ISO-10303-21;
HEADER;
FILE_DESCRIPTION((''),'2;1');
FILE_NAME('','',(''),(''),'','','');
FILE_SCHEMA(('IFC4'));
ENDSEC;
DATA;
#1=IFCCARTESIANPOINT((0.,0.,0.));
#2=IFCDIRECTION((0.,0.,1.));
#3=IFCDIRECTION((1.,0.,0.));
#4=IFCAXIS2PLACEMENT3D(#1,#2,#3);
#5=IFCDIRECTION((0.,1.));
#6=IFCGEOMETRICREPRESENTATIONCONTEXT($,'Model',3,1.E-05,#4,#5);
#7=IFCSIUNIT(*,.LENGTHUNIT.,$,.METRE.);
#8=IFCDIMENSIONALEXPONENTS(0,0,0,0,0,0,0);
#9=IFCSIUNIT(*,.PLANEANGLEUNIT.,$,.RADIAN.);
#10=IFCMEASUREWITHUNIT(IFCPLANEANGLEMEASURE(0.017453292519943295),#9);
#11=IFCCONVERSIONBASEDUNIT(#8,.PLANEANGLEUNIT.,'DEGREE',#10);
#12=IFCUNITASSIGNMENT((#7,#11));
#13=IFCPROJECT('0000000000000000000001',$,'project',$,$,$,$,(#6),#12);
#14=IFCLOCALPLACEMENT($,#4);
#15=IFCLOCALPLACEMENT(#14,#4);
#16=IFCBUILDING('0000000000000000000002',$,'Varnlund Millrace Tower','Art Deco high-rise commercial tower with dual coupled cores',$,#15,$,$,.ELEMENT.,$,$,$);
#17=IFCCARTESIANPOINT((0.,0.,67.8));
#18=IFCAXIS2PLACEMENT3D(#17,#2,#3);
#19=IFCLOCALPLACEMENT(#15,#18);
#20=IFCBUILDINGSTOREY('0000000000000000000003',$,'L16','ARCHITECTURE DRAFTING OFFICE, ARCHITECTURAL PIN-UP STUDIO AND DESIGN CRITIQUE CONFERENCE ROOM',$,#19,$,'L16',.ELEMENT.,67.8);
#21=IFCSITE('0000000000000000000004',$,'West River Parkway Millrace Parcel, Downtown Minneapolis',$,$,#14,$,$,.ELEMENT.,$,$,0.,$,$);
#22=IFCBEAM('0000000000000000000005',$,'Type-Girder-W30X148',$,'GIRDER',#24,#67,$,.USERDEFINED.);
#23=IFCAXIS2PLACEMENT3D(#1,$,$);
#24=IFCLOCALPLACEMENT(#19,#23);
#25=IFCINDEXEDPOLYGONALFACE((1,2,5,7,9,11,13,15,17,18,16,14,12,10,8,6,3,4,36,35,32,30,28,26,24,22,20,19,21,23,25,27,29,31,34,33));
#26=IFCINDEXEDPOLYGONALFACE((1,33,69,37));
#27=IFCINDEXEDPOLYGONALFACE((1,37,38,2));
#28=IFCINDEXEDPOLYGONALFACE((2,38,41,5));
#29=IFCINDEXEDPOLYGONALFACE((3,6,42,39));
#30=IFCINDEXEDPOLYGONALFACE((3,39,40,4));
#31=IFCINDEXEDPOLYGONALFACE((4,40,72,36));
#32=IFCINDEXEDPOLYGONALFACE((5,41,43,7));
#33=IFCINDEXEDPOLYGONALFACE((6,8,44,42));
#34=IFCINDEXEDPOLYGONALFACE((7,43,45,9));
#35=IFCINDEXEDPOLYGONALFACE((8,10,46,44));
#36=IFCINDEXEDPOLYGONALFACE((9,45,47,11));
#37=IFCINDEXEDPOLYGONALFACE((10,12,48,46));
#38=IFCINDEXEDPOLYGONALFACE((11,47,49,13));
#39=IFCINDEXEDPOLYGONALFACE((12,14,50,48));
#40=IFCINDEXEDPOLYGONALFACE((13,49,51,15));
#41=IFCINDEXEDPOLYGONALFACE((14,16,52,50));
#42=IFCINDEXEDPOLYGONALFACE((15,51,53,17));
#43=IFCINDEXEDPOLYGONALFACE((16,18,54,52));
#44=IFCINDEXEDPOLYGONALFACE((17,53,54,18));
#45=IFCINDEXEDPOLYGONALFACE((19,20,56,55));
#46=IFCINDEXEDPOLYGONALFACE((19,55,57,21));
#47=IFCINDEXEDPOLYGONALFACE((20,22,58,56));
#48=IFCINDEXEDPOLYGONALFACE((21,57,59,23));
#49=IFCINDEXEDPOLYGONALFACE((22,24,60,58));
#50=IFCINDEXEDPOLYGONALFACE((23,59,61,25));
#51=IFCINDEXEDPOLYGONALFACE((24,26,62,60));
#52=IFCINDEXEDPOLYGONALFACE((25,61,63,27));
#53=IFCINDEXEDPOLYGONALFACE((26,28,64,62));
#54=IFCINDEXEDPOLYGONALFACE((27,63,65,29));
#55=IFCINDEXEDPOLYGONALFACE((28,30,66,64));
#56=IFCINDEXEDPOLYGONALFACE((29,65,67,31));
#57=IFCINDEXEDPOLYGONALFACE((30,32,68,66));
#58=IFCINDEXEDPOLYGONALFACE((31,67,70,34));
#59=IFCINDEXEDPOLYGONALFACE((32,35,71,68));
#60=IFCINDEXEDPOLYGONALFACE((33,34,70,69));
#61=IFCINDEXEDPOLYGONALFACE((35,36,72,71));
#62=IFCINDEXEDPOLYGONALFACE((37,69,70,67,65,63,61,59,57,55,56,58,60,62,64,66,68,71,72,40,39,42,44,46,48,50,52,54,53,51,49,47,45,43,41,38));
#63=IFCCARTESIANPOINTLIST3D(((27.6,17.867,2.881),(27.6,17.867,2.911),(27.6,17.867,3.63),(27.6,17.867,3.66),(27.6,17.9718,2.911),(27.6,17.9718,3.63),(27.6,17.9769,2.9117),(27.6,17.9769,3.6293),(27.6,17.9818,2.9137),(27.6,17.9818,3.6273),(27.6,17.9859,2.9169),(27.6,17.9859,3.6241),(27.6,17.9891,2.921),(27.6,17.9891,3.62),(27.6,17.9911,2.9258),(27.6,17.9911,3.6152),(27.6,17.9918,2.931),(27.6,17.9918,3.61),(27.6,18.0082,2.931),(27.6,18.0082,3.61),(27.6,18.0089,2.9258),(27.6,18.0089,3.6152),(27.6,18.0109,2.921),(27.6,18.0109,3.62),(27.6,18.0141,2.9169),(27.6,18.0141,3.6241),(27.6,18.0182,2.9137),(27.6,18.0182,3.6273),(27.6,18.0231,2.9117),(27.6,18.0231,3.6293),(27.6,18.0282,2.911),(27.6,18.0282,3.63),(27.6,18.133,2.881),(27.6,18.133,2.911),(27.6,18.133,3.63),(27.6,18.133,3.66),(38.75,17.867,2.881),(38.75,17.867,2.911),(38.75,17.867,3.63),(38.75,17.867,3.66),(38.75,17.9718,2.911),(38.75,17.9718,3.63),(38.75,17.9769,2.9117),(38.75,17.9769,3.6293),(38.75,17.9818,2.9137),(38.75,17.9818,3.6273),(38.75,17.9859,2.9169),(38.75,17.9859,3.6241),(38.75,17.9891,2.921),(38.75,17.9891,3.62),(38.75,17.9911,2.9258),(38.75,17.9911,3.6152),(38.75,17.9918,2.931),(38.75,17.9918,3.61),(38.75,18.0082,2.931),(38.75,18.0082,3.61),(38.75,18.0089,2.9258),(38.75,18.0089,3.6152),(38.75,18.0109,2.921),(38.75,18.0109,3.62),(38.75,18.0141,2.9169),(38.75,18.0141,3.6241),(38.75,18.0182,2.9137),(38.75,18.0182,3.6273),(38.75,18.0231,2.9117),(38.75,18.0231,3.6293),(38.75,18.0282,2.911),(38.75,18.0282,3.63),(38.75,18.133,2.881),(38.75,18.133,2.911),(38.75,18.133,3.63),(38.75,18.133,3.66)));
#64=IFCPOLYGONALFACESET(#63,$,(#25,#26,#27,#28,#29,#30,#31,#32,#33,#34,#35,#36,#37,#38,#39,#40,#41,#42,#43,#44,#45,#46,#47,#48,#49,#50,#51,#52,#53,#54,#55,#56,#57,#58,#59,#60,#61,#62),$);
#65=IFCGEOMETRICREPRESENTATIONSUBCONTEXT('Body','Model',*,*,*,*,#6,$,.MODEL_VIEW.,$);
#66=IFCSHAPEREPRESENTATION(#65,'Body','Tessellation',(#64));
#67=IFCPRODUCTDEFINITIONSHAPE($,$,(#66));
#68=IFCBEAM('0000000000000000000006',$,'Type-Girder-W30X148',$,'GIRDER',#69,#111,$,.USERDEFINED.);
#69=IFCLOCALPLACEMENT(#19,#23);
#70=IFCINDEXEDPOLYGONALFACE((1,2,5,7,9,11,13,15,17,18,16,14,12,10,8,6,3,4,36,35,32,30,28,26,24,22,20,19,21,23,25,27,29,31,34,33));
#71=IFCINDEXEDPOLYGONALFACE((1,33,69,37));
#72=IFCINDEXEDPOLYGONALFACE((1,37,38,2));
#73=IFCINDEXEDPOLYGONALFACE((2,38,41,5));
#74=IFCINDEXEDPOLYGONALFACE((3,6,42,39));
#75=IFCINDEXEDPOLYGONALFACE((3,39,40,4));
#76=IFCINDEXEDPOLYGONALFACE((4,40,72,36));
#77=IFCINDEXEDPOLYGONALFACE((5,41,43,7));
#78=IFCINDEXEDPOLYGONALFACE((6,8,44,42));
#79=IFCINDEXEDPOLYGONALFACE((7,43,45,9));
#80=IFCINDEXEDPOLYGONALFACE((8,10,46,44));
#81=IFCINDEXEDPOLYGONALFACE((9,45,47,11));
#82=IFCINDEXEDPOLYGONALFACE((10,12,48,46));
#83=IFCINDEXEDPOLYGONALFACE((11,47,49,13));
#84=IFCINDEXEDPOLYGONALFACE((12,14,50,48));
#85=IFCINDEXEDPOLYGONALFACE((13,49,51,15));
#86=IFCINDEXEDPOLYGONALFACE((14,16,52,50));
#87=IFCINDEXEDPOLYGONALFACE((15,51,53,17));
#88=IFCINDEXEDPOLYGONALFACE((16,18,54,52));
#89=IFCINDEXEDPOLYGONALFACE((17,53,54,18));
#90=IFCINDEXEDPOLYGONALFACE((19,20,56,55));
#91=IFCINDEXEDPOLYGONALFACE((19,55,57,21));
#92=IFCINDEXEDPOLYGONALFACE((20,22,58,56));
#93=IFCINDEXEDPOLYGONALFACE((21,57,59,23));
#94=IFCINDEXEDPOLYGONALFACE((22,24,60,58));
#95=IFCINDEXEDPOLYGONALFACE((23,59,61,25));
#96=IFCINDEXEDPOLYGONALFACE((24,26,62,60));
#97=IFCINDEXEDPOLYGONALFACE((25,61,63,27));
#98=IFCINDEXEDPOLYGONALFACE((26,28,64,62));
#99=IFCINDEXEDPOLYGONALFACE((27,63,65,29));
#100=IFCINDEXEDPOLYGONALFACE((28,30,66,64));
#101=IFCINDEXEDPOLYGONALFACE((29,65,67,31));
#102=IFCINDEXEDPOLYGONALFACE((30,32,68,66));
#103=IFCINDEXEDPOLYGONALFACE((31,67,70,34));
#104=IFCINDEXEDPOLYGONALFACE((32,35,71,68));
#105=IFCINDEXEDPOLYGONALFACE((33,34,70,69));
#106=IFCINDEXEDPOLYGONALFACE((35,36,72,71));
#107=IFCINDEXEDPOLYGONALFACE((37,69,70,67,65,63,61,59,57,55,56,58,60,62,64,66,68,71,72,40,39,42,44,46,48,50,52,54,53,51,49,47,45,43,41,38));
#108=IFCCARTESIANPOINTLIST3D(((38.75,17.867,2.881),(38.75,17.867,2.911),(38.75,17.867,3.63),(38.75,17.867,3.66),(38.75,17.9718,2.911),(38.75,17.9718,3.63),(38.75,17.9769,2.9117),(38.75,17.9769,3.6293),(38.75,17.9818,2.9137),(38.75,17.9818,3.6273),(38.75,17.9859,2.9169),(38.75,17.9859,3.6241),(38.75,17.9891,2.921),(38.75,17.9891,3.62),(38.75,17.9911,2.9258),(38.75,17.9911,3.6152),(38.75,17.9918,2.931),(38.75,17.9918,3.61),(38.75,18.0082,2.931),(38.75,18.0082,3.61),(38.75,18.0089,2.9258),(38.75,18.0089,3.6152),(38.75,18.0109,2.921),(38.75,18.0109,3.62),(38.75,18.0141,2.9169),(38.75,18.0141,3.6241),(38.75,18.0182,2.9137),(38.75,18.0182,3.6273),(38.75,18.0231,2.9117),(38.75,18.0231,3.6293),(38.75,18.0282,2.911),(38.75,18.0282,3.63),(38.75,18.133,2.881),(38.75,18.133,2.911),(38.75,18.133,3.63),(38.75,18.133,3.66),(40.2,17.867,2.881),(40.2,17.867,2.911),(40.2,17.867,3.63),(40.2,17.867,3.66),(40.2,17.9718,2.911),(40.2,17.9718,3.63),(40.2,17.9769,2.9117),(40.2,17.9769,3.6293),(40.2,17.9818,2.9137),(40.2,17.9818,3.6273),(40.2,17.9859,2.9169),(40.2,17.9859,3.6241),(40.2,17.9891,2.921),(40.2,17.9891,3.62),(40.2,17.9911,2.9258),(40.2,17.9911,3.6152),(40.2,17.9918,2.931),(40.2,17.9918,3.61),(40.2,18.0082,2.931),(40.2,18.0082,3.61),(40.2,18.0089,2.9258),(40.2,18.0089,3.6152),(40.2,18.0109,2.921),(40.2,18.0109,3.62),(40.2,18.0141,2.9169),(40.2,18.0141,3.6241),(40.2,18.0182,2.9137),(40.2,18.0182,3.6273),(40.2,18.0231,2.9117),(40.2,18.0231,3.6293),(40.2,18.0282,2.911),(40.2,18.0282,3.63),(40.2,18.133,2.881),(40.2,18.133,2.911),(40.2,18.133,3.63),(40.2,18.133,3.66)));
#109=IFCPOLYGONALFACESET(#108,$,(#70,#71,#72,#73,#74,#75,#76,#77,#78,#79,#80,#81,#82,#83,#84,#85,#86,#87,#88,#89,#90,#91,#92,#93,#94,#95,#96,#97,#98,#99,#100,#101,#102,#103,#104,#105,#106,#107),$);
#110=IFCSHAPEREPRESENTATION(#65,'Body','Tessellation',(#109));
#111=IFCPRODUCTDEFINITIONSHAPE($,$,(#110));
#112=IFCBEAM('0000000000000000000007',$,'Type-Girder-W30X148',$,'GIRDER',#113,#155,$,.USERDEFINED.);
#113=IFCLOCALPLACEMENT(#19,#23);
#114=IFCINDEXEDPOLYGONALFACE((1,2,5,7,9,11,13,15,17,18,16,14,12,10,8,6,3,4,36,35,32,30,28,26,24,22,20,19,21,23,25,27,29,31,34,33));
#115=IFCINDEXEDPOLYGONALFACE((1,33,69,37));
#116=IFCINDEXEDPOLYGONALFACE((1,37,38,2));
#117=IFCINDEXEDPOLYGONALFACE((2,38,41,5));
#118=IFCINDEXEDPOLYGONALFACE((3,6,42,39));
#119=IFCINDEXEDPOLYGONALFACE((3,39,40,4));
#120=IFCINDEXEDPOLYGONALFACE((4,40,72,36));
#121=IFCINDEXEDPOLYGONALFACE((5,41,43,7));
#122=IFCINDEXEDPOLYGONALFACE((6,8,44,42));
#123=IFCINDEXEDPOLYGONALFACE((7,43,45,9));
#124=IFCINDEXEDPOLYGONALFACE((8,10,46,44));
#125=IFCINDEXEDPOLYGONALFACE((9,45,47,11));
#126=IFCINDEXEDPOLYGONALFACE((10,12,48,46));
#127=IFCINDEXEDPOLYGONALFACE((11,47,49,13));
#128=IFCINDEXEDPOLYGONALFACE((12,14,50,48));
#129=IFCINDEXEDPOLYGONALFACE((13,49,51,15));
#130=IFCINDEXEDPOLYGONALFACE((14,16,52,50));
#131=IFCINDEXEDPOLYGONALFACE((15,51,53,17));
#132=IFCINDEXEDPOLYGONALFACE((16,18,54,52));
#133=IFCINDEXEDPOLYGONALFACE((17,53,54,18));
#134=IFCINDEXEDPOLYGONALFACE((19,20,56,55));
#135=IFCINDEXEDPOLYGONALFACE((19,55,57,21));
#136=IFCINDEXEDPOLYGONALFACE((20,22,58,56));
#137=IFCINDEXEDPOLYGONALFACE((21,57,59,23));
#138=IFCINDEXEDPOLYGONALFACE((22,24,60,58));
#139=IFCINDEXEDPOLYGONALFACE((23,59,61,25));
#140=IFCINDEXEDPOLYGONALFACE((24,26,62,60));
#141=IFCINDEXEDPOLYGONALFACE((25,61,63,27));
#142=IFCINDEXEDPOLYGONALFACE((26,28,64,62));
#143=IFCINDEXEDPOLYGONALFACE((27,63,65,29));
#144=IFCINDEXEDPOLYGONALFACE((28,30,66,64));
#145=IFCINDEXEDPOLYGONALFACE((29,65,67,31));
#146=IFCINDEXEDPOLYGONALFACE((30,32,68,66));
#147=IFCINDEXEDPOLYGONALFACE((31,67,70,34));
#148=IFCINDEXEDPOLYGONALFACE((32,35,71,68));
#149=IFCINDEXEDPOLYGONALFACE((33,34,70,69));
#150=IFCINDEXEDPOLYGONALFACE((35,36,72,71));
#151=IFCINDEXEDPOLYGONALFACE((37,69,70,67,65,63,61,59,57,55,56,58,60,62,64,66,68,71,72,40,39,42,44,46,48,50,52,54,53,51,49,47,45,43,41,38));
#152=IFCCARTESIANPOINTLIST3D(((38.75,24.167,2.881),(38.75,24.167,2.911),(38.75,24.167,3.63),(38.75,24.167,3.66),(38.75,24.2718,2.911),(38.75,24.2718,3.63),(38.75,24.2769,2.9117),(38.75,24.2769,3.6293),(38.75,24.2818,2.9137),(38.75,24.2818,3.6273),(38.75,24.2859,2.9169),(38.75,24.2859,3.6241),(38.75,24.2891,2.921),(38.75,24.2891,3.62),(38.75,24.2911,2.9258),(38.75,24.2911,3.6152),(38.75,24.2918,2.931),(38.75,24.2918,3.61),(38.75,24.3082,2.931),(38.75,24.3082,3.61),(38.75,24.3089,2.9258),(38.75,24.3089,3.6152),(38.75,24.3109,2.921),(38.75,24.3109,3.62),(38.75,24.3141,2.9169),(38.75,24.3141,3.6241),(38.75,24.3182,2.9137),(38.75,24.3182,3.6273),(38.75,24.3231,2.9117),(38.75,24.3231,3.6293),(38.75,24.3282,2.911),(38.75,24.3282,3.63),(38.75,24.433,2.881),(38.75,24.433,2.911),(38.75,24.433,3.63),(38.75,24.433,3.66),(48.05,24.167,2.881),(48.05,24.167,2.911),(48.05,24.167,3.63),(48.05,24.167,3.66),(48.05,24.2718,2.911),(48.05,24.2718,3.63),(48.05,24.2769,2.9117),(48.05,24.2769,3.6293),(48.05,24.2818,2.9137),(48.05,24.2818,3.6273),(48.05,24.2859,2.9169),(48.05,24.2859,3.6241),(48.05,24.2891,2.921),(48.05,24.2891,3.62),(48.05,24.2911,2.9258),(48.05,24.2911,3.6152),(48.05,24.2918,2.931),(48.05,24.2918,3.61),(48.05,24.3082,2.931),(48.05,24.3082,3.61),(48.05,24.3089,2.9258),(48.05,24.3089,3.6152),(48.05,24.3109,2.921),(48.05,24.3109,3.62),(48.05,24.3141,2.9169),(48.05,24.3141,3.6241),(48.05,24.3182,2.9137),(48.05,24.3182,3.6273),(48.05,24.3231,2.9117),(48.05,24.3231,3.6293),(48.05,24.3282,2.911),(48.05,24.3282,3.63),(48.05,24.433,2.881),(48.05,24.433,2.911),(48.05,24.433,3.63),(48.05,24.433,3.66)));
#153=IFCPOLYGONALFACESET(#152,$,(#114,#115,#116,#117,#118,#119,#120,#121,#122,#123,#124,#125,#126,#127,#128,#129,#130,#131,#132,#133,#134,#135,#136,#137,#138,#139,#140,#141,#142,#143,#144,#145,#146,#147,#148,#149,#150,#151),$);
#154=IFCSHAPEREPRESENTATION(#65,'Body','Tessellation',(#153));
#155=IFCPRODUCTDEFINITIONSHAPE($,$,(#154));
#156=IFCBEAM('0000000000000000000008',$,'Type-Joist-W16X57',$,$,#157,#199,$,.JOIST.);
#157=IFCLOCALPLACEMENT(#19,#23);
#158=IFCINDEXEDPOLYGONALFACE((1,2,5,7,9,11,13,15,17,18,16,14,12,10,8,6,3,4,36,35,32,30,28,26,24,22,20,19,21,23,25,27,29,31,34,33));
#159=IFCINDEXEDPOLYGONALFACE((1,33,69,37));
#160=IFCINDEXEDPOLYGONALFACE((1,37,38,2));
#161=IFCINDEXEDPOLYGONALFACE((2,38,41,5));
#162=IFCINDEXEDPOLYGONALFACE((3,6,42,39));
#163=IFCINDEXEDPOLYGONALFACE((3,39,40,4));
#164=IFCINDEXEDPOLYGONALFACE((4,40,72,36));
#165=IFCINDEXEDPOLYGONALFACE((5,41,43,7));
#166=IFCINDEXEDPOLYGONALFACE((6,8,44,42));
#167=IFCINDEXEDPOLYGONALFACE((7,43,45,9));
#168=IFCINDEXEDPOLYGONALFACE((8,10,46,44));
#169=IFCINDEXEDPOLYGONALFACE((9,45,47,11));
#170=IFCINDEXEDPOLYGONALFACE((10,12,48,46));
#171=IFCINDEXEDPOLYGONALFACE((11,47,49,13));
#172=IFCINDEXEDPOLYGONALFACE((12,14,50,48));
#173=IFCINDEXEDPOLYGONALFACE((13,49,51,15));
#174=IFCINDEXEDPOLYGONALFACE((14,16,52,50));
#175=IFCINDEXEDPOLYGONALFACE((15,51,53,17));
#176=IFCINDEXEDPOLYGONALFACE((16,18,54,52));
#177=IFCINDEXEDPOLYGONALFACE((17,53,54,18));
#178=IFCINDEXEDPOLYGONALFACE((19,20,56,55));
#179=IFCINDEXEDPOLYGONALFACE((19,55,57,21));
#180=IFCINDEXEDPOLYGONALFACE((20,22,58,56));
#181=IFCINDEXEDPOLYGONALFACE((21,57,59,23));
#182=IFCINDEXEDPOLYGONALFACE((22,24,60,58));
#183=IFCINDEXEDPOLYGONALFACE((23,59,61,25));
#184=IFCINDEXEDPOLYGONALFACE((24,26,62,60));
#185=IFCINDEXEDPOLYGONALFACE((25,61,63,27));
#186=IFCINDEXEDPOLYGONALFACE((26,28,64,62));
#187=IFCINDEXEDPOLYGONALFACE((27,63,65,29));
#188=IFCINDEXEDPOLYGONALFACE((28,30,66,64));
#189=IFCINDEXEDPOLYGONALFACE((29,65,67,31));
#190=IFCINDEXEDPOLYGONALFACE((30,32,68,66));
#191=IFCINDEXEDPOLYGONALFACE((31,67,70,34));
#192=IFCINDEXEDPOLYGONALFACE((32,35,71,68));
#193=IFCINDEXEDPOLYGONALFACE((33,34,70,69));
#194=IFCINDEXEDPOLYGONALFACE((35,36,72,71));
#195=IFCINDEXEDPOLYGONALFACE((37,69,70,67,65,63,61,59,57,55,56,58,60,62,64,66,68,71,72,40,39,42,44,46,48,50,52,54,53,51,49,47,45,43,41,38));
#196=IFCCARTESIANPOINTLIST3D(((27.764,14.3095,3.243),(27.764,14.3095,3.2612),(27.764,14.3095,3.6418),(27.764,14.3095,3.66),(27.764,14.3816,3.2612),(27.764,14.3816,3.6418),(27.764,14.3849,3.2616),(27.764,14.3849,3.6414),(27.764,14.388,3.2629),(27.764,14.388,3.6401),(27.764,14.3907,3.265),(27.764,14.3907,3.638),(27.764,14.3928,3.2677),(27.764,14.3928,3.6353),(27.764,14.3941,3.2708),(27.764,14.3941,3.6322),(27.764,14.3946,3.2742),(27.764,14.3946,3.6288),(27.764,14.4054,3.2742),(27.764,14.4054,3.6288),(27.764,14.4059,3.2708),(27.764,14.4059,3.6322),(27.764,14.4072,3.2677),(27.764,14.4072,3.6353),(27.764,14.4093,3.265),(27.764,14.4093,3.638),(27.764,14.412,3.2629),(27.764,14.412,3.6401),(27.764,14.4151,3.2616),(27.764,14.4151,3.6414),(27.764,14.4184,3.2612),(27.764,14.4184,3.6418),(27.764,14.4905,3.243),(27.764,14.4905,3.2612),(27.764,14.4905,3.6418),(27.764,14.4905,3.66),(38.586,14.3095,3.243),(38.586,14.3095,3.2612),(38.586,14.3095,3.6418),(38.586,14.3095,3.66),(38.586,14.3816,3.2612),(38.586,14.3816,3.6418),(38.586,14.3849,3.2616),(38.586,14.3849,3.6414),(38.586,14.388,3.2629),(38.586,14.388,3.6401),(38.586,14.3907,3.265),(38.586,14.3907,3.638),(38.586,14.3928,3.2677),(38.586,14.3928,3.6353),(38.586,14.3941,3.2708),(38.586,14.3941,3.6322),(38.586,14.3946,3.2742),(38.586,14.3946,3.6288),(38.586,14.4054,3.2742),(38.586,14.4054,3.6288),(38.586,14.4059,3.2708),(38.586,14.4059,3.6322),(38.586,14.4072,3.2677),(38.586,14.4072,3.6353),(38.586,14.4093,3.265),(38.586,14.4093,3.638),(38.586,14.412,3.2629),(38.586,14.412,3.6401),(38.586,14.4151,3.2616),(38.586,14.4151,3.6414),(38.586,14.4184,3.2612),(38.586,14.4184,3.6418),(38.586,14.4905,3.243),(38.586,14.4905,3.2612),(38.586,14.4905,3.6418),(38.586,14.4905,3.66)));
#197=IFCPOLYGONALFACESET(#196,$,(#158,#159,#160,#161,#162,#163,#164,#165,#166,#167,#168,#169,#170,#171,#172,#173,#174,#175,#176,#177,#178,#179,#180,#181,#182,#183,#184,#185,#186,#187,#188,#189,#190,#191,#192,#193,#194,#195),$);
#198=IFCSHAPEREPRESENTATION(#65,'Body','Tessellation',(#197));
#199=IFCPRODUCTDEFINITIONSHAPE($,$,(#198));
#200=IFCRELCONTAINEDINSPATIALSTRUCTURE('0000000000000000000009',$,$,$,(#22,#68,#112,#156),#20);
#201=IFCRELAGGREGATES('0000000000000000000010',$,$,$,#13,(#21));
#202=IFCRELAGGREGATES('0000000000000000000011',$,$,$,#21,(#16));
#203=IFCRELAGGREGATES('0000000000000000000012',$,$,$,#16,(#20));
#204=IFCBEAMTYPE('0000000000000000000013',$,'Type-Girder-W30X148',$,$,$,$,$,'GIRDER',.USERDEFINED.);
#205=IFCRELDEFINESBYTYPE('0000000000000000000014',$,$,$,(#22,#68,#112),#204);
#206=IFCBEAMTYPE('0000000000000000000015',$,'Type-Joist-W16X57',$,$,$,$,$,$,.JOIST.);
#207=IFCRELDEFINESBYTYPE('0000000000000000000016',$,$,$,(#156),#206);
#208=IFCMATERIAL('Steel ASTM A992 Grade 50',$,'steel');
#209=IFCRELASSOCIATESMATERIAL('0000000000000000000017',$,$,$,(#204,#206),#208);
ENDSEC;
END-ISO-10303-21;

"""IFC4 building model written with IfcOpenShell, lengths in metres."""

from ifc_helpers import new_model, entity, si_unit, converted_unit, direction, frame, origin_with_axes, origin_2d_with_axis, place, context, subcontext, project, spatial, i_section, extrude, material, material_profile, profile_set, type_object, element, save


model = new_model("IFC4")

# Units and contexts
model_context = context("Model", 3, precision=1e-05, world=origin_with_axes(), true_north=direction((0.0, 1.0)))
body_context = subcontext(model_context, "Body", "Model", "MODEL_VIEW")
ifc_project = project(units=[si_unit("LENGTHUNIT", "METRE"), converted_unit("PLANEANGLEUNIT", "DEGREE", entity("IfcPlaneAngleMeasure", 0.017453292519943295), si_unit("PLANEANGLEUNIT", "RADIAN"), dimensions=[0, 0, 0, 0, 0, 0, 0])], contexts=[model_context])

# Site, building, storey
site_placement = place(None, origin_with_axes())
site = spatial("IfcSite", under=ifc_project, at=site_placement, Name="West River Parkway Millrace Parcel, Downtown Minneapolis", CompositionType="ELEMENT", RefElevation=0.0)
building_placement = place(site_placement, origin_with_axes())
building = spatial("IfcBuilding", under=site, at=building_placement, Name="Varnlund Millrace Tower", Description="Art Deco high-rise commercial tower with dual coupled cores", CompositionType="ELEMENT")
storey_placement = place(building_placement, frame((0.0, 0.0, 67.8), z_axis=(0.0, 0.0, 1.0), x_axis=(1.0, 0.0, 0.0)))
storey = spatial("IfcBuildingStorey", under=building, at=storey_placement, Name="L16", Description="ARCHITECTURE DRAFTING OFFICE, ARCHITECTURAL PIN-UP STUDIO AND DESIGN CRITIQUE CONFERENCE ROOM", LongName="L16", CompositionType="ELEMENT", Elevation=67.8)

# Beams
ifc_material_1 = material(Name="Steel ASTM A992 Grade 50", Category="steel")
ifc_material_profile_1 = material_profile(ifc_material_1, i_section(OverallWidth=0.266, OverallDepth=0.779, WebThickness=0.0165, FlangeThickness=0.03, FilletRadius=0.02, at=origin_2d_with_axis()), Name="Steel ASTM A992 Grade 50")
ifc_profile_set_1 = profile_set([ifc_material_profile_1], Name="Steel ASTM A992 Grade 50")
beam_type_1 = type_object("IfcBeamType", Name="Type-Girder-W30X148", ElementType="GIRDER", PredefinedType="USERDEFINED", material=ifc_profile_set_1)
beam_1_placement = place(storey_placement, frame((27.6, 18.0, 3.2705), z_axis=(1.0, 0.0, 0.0), x_axis=(0.0, 1.0, 0.0)))
element("IfcBeam", 1, at=beam_1_placement, inside=storey, type_object=beam_type_1, Name="Type-Girder-W30X148", ObjectType="GIRDER", PredefinedType="USERDEFINED", context=body_context, shape_type="SweptSolid", body=[
    extrude(i_section(OverallWidth=0.266, OverallDepth=0.779, WebThickness=0.0165, FlangeThickness=0.03, FilletRadius=0.02, at=origin_2d_with_axis()), origin_with_axes(), (0.0, 0.0, 1.0), 11.15),
])
beam_2_placement = place(storey_placement, frame((38.75, 18.0, 3.2705), z_axis=(1.0, 0.0, 0.0), x_axis=(0.0, 1.0, 0.0)))
element("IfcBeam", 2, at=beam_2_placement, inside=storey, type_object=beam_type_1, Name="Type-Girder-W30X148", ObjectType="GIRDER", PredefinedType="USERDEFINED", context=body_context, shape_type="SweptSolid", body=[
    extrude(i_section(OverallWidth=0.266, OverallDepth=0.779, WebThickness=0.0165, FlangeThickness=0.03, FilletRadius=0.02, at=origin_2d_with_axis()), origin_with_axes(), (0.0, 0.0, 1.0), 1.45),
])
beam_3_placement = place(storey_placement, frame((38.75, 24.3, 3.2705), z_axis=(1.0, 0.0, 0.0), x_axis=(0.0, 1.0, 0.0)))
element("IfcBeam", 3, at=beam_3_placement, inside=storey, type_object=beam_type_1, Name="Type-Girder-W30X148", ObjectType="GIRDER", PredefinedType="USERDEFINED", context=body_context, shape_type="SweptSolid", body=[
    extrude(i_section(OverallWidth=0.266, OverallDepth=0.779, WebThickness=0.0165, FlangeThickness=0.03, FilletRadius=0.02, at=origin_2d_with_axis()), origin_with_axes(), (0.0, 0.0, 1.0), 9.3),
])
ifc_material_profile_2 = material_profile(ifc_material_1, i_section(OverallWidth=0.181, OverallDepth=0.417, WebThickness=0.0109, FlangeThickness=0.0182, FilletRadius=0.013, at=origin_2d_with_axis()), Name="Steel ASTM A992 Grade 50")
ifc_profile_set_2 = profile_set([ifc_material_profile_2], Name="Steel ASTM A992 Grade 50")
beam_type_2 = type_object("IfcBeamType", Name="Type-Joist-W16X57", PredefinedType="JOIST", material=ifc_profile_set_2)
beam_4_placement = place(storey_placement, frame((27.764, 14.4, 3.4515), z_axis=(1.0, 0.0, 0.0), x_axis=(0.0, 1.0, 0.0)))
element("IfcBeam", 4, at=beam_4_placement, inside=storey, type_object=beam_type_2, Name="Type-Joist-W16X57", PredefinedType="JOIST", context=body_context, shape_type="SweptSolid", body=[
    extrude(i_section(OverallWidth=0.181, OverallDepth=0.417, WebThickness=0.0109, FlangeThickness=0.0182, FilletRadius=0.013, at=origin_2d_with_axis()), origin_with_axes(), (0.0, 0.0, 1.0), 10.822),
])

save(model, "model.ifc")
